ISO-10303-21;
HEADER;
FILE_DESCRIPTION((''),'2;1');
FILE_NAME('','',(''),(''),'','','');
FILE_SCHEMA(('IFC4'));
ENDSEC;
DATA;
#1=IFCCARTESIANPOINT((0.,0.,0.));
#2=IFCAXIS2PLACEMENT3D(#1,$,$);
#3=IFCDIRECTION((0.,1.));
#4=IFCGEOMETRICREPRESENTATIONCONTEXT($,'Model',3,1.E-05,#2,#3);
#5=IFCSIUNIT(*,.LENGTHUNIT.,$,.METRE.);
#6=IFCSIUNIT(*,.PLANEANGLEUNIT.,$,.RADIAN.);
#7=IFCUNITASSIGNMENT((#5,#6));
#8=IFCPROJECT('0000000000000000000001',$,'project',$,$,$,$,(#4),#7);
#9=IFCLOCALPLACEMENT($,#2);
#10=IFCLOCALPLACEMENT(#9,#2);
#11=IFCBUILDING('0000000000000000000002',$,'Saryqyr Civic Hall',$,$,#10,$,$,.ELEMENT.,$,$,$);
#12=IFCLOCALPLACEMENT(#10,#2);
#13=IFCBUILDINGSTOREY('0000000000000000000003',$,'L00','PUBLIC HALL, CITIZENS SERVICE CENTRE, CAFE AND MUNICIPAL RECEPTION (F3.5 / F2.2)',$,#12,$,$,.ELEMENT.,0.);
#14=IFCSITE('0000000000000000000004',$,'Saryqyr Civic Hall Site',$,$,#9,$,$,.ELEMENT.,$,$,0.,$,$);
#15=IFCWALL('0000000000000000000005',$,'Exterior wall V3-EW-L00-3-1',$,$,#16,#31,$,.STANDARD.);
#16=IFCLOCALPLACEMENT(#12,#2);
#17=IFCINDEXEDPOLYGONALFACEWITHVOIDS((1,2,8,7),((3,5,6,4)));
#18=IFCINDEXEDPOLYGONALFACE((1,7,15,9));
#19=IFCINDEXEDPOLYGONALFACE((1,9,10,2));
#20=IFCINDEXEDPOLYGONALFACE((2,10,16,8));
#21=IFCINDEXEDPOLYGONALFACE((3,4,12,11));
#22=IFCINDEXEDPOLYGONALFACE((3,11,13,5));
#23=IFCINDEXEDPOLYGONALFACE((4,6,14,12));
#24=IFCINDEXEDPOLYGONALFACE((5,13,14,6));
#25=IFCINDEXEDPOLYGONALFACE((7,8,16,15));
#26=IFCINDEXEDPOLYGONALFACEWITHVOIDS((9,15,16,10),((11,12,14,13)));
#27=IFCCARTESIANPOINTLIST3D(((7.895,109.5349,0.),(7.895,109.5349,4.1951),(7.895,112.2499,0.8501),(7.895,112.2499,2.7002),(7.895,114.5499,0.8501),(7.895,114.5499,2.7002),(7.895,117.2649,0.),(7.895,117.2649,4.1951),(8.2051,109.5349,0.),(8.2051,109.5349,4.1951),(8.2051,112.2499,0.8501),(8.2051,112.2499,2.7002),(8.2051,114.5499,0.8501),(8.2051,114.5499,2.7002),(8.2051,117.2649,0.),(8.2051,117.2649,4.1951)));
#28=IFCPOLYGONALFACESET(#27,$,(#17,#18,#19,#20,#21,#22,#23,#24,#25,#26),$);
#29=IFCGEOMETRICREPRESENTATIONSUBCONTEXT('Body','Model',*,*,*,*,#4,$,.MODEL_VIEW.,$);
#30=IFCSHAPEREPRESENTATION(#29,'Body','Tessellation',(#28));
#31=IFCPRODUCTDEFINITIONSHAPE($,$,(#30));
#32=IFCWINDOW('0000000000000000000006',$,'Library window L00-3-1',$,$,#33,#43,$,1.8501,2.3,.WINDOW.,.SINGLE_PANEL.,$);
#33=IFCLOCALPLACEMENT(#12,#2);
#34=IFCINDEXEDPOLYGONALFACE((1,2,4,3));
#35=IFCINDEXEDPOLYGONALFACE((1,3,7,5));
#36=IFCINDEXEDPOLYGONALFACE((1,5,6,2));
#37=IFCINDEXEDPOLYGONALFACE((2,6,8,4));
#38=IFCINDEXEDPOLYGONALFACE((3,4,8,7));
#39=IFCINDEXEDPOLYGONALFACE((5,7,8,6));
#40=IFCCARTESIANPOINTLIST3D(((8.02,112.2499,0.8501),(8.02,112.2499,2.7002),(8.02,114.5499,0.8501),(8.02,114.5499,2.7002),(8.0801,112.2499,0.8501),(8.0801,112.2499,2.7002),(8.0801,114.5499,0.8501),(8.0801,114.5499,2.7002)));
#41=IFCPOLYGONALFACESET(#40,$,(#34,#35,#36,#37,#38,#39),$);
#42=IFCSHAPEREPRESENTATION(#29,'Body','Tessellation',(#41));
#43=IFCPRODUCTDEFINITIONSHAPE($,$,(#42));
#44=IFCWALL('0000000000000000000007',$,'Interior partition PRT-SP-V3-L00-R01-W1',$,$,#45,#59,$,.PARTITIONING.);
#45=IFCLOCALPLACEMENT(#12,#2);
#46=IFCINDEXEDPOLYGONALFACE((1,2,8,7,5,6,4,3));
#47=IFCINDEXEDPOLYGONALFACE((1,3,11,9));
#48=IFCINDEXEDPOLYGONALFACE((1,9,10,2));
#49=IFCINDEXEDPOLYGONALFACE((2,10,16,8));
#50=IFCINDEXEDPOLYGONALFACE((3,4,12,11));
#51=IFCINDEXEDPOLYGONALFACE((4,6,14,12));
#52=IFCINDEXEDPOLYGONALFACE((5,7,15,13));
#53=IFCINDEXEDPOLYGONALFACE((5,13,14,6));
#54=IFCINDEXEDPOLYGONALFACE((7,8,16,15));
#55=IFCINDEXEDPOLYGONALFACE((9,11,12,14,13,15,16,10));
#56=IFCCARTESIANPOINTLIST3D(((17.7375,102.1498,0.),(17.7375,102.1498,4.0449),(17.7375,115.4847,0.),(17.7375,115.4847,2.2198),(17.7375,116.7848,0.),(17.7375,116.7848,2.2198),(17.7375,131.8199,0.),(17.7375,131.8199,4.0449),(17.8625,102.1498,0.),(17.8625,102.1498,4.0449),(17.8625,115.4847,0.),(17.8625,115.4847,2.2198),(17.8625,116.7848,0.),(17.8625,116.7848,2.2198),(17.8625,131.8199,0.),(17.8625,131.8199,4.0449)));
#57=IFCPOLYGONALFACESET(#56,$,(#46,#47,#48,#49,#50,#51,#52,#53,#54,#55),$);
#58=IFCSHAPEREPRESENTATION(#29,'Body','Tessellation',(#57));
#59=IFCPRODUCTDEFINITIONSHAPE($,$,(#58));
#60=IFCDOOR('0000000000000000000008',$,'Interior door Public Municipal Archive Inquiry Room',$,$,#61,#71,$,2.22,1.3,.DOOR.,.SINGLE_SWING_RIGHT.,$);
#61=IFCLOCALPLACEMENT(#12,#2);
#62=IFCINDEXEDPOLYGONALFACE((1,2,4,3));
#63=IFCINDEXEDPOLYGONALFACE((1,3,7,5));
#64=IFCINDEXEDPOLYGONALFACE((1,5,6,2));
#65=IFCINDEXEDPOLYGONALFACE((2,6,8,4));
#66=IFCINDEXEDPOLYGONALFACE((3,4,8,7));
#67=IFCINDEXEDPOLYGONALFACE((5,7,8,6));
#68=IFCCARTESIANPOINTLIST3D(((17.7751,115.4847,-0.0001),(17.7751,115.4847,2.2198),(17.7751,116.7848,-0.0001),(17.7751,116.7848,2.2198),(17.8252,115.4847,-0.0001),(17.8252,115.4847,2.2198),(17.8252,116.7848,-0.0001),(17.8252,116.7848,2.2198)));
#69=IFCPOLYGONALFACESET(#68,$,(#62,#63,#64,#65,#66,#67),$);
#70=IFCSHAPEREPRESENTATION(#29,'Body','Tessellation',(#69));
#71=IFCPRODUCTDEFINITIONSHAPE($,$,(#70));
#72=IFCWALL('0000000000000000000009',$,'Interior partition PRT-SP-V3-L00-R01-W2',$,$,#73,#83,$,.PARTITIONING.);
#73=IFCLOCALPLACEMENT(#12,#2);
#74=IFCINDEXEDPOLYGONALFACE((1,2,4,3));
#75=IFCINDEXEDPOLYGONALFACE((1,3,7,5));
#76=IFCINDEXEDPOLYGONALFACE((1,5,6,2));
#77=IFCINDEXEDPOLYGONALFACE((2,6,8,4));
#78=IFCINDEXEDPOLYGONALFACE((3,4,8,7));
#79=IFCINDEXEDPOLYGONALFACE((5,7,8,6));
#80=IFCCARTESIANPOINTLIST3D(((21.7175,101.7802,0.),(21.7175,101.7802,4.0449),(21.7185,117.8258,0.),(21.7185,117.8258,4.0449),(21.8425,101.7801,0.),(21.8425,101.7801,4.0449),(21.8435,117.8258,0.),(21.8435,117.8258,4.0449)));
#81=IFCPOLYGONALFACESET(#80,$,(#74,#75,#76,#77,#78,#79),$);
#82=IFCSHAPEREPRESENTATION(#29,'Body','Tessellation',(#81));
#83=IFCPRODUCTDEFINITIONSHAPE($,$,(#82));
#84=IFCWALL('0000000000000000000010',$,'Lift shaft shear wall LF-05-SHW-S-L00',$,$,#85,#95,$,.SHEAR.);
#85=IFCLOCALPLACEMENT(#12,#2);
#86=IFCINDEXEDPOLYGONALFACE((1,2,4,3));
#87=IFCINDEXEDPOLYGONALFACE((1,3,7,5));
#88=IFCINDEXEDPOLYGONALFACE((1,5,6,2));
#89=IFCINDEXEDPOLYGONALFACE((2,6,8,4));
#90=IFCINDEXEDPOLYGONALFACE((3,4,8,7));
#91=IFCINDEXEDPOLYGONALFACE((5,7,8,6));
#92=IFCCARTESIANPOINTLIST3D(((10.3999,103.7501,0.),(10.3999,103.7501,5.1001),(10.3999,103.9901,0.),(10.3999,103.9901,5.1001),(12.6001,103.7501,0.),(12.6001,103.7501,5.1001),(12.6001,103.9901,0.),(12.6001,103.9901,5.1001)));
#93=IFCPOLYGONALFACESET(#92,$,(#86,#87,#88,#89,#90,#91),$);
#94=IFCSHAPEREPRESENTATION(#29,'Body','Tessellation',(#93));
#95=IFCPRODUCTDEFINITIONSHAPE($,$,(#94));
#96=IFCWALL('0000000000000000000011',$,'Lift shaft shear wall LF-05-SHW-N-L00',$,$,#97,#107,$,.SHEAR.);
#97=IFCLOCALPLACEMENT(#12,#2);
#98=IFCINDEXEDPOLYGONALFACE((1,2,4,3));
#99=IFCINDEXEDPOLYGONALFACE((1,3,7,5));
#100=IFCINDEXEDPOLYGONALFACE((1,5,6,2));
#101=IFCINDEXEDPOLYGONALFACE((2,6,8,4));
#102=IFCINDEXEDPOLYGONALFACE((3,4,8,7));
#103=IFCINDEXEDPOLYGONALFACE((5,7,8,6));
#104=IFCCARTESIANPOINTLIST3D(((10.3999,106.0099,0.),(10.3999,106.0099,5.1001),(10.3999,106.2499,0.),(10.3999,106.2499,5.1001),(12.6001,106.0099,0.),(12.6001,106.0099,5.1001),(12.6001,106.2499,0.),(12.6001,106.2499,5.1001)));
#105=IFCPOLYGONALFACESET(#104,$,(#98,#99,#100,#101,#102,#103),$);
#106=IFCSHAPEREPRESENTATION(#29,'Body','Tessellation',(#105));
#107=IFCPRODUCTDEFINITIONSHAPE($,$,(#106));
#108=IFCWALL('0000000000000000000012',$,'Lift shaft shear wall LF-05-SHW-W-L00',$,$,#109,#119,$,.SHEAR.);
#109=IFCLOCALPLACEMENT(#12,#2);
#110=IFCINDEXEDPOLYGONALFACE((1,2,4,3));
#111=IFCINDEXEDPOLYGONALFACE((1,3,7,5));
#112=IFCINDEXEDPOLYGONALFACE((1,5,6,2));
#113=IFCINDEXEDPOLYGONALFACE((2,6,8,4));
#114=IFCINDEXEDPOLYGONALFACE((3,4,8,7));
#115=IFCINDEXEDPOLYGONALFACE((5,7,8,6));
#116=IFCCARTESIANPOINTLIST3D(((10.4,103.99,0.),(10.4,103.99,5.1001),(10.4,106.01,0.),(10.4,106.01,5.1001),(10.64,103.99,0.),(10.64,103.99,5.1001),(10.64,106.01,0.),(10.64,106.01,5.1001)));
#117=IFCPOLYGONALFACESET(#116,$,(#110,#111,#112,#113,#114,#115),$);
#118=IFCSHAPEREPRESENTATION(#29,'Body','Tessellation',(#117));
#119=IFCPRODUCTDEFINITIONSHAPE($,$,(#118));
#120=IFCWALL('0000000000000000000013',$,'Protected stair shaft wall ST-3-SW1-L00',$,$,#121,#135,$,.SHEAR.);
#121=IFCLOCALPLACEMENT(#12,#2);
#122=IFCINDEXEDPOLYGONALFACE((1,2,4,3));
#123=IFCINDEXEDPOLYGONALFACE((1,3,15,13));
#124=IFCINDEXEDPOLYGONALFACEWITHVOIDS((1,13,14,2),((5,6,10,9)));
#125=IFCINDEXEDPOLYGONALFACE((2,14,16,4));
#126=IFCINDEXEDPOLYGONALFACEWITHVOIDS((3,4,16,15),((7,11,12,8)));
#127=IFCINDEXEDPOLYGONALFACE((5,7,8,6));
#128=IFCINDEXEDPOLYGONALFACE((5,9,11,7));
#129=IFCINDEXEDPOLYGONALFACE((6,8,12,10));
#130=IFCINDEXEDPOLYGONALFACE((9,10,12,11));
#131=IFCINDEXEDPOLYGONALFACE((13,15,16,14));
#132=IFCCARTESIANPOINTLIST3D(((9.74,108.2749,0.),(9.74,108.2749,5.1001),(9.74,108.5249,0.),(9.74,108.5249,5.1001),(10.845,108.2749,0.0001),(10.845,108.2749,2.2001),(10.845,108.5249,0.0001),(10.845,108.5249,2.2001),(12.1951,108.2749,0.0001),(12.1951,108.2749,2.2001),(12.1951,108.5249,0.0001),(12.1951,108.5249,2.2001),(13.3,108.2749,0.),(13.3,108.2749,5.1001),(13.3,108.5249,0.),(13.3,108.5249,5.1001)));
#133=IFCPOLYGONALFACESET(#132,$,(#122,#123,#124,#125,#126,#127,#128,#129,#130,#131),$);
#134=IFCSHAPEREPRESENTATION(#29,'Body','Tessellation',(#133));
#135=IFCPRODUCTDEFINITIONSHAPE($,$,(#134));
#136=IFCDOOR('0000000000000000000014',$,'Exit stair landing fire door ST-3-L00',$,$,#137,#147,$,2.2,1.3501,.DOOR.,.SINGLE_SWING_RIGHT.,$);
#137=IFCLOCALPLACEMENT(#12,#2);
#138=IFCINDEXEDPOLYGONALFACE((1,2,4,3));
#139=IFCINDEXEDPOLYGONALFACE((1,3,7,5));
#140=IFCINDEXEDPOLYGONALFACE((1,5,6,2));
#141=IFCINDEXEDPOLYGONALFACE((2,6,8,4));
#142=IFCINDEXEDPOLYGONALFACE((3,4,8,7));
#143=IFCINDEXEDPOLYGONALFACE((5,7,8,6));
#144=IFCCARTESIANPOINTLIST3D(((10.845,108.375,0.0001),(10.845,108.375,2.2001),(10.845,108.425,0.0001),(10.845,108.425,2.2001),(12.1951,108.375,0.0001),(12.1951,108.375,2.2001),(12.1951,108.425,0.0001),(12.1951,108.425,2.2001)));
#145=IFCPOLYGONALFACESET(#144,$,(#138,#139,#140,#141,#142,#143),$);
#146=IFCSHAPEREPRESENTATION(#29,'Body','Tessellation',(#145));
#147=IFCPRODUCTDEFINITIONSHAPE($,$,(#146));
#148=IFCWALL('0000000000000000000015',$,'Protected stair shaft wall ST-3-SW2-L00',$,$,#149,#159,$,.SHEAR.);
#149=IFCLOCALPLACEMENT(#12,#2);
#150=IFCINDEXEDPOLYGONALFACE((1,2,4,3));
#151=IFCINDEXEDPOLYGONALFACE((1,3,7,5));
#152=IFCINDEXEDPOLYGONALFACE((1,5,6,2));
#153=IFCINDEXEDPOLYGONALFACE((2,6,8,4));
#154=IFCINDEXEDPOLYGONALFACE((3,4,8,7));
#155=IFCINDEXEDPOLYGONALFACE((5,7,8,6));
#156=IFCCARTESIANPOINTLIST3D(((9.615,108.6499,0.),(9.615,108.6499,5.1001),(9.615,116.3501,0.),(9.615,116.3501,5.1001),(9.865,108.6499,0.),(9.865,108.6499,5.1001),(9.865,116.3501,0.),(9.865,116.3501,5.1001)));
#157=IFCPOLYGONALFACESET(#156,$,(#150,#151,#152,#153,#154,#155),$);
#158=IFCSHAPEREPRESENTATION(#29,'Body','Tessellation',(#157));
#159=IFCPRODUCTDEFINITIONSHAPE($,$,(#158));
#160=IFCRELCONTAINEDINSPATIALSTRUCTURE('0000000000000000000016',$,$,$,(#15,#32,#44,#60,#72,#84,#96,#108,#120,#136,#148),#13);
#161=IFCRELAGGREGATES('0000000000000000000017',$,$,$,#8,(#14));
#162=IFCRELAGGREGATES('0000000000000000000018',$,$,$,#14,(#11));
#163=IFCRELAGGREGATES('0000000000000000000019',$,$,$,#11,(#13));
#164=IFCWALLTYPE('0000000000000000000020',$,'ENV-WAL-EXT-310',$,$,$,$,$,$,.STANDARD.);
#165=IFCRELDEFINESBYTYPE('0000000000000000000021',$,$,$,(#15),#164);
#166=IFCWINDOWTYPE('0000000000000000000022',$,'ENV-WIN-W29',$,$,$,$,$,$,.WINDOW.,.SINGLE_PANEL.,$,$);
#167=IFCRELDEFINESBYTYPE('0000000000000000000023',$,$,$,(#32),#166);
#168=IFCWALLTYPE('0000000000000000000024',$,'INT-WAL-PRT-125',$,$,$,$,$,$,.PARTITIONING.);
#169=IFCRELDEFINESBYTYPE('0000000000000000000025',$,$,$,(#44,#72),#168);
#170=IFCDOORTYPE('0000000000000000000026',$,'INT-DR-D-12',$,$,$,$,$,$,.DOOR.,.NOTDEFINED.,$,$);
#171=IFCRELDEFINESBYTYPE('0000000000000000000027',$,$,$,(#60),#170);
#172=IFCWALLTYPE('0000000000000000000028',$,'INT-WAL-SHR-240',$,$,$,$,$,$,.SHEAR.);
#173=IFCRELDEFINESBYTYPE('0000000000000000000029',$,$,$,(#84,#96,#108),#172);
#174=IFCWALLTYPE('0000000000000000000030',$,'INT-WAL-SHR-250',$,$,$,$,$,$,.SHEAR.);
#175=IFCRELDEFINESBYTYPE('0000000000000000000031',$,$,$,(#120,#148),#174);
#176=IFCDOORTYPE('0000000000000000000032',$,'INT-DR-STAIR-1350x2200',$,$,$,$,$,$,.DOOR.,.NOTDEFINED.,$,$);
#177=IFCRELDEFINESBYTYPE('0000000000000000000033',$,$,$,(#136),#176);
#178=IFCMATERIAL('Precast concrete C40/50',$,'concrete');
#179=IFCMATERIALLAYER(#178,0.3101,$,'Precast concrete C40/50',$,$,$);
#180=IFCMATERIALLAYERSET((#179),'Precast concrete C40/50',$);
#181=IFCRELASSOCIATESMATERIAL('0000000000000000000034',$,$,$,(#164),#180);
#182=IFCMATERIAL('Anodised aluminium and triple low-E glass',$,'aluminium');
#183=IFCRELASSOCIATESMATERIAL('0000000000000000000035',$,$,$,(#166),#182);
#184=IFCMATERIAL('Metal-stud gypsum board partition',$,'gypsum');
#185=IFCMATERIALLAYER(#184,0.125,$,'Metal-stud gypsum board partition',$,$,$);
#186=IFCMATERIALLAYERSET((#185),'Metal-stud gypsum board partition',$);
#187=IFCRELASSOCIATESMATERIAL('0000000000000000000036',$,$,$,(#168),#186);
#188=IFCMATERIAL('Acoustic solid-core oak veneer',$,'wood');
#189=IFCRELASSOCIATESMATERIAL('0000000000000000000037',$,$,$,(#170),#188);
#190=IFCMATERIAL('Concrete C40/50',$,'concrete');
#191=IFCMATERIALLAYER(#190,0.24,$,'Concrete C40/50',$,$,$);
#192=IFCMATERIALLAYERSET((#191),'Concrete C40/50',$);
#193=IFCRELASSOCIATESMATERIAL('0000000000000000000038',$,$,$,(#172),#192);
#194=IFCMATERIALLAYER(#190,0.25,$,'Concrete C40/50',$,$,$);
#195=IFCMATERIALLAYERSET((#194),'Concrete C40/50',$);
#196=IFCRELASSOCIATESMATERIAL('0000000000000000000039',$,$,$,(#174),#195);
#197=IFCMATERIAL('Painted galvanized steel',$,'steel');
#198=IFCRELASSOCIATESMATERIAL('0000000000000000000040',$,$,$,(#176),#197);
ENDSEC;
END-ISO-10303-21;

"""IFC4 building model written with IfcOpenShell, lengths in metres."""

from ifc_helpers import new_model, si_unit, direction, frame, frame_2d, origin, place, context, subcontext, project, spatial, rectangle, extrude, material, layer, layer_set, type_object, element, fill, save


model = new_model("IFC4")

# Units and contexts
model_context = context("Model", 3, precision=1e-05, world=origin(), true_north=direction((0.0, 1.0)))
body_context = subcontext(model_context, "Body", "Model", "MODEL_VIEW")
ifc_project = project(units=[si_unit("LENGTHUNIT", "METRE"), si_unit("PLANEANGLEUNIT", "RADIAN")], contexts=[model_context])

# Site, building, storey
site_placement = place(None, origin())
site = spatial("IfcSite", under=ifc_project, at=site_placement, Name="Saryqyr Civic Hall Site", CompositionType="ELEMENT", RefElevation=0.0)
building_placement = place(site_placement, origin())
building = spatial("IfcBuilding", under=site, at=building_placement, Name="Saryqyr Civic Hall", CompositionType="ELEMENT")
storey_placement = place(building_placement, origin())
storey = spatial("IfcBuildingStorey", under=building, at=storey_placement, Name="L00", Description="PUBLIC HALL, CITIZENS SERVICE CENTRE, CAFE AND MUNICIPAL RECEPTION (F3.5 / F2.2)", CompositionType="ELEMENT", Elevation=0.0)

# Shared definitions
ifc_material_1 = material(Name="Concrete C40/50", Category="concrete")

# Wall, opening, window
ifc_material_2 = material(Name="Precast concrete C40/50", Category="concrete")
ifc_layer_1 = layer(ifc_material_2, 0.3101, Name="Precast concrete C40/50")
ifc_layer_set_1 = layer_set([ifc_layer_1], Name="Precast concrete C40/50")
wall_type_1 = type_object("IfcWallType", Name="ENV-WAL-EXT-310", PredefinedType="STANDARD", material=ifc_layer_set_1)
wall_1_placement = place(storey_placement, frame((8.05, 109.5349, 0.0), z_axis=(0.0, 0.0, 1.0), x_axis=(0.0, 1.0, 0.0)))
wall_1 = element("IfcWall", 1, at=wall_1_placement, inside=storey, type_object=wall_type_1, Name="Exterior wall V3-EW-L00-3-1", PredefinedType="STANDARD", context=body_context, shape_type="SweptSolid", body=[
    extrude(rectangle(XDim=7.73, YDim=0.3101, at=frame_2d((3.865, 0.0))), origin(), (0.0, 0.0, 1.0), 4.1951),
])
opening_1_placement = place(wall_1_placement, frame((2.7151, 0.0, 0.8501)))
opening_1 = element("IfcOpeningElement", 2, at=opening_1_placement, cuts=wall_1, PredefinedType="OPENING", context=body_context, shape_type="SweptSolid", body=[
    extrude(rectangle(XDim=2.3, YDim=1.8501, at=frame_2d((1.1499, 0.925))), frame((0.0, 0.165, 0.0), z_axis=(0.0, -1.0, 0.0), x_axis=(1.0, 0.0, 0.0)), (0.0, 0.0, 1.0), 0.3301),
])
ifc_material_3 = material(Name="Anodised aluminium and triple low-E glass", Category="aluminium")
window_type = type_object("IfcWindowType", Name="ENV-WIN-W29", PartitioningType="SINGLE_PANEL", PredefinedType="WINDOW", material=ifc_material_3)
window_placement = place(opening_1_placement, origin())
window = element("IfcWindow", 3, at=window_placement, inside=storey, type_object=window_type, Name="Library window L00-3-1", OverallHeight=1.8501, OverallWidth=2.3, PartitioningType="SINGLE_PANEL", PredefinedType="WINDOW", context=body_context, shape_type="SweptSolid", body=[
    extrude(rectangle(XDim=2.3, YDim=1.8501, at=frame_2d((1.1499, 0.925))), frame((0.0, 0.03, 0.0), z_axis=(0.0, -1.0, 0.0), x_axis=(1.0, 0.0, 0.0)), (0.0, 0.0, 1.0), 0.0601),
])
fill(opening_1, window)

# Wall, opening, door
ifc_material_4 = material(Name="Metal-stud gypsum board partition", Category="gypsum")
ifc_layer_2 = layer(ifc_material_4, 0.125, Name="Metal-stud gypsum board partition")
ifc_layer_set_2 = layer_set([ifc_layer_2], Name="Metal-stud gypsum board partition")
wall_type_2 = type_object("IfcWallType", Name="INT-WAL-PRT-125", PredefinedType="PARTITIONING", material=ifc_layer_set_2)
wall_2_placement = place(storey_placement, frame((17.8, 102.1499, 0.0), z_axis=(0.0, 0.0, 1.0), x_axis=(0.0, 1.0, 0.0)))
wall_2 = element("IfcWall", 4, at=wall_2_placement, inside=storey, type_object=wall_type_2, Name="Interior partition PRT-SP-V3-L00-R01-W1", PredefinedType="PARTITIONING", context=body_context, shape_type="SweptSolid", body=[
    extrude(rectangle(XDim=29.6702, YDim=0.125, at=frame_2d((14.835, 0.0))), origin(), (0.0, 0.0, 1.0), 4.0449),
])
opening_2_placement = place(wall_2_placement, frame((13.335, 0.0, 0.0)))
opening_2 = element("IfcOpeningElement", 5, at=opening_2_placement, cuts=wall_2, PredefinedType="OPENING", context=body_context, shape_type="SweptSolid", body=[
    extrude(rectangle(XDim=1.3, YDim=2.22, at=frame_2d((0.6499, 1.1099))), frame((0.0, 0.0725, 0.0), z_axis=(0.0, -1.0, 0.0), x_axis=(1.0, 0.0, 0.0)), (0.0, 0.0, 1.0), 0.145),
])
ifc_material_5 = material(Name="Acoustic solid-core oak veneer", Category="wood")
door_type_1 = type_object("IfcDoorType", Name="INT-DR-D-12", OperationType="NOTDEFINED", PredefinedType="DOOR", material=ifc_material_5)
door_1_placement = place(opening_2_placement, origin())
door_1 = element("IfcDoor", 6, at=door_1_placement, inside=storey, type_object=door_type_1, Name="Interior door Public Municipal Archive Inquiry Room", OperationType="SINGLE_SWING_RIGHT", OverallHeight=2.22, OverallWidth=1.3, PredefinedType="DOOR", context=body_context, shape_type="SweptSolid", body=[
    extrude(rectangle(XDim=1.3, YDim=2.22, at=frame_2d((0.6499, 1.1099))), frame((0.0, 0.0249, 0.0), z_axis=(0.0, -1.0, 0.0), x_axis=(1.0, 0.0, 0.0)), (0.0, 0.0, 1.0), 0.05),
])
fill(opening_2, door_1)

# Walls
wall_3_placement = place(storey_placement, frame((21.78, 101.78, 0.0), z_axis=(0.0, 0.0, 1.0), x_axis=(0.000061, 1.0, 0.0)))
element("IfcWall", 7, at=wall_3_placement, inside=storey, type_object=wall_type_2, Name="Interior partition PRT-SP-V3-L00-R01-W2", PredefinedType="PARTITIONING", context=body_context, shape_type="SweptSolid", body=[
    extrude(rectangle(XDim=16.0457, YDim=0.125, at=frame_2d((8.0229, 0.0))), origin(), (0.0, 0.0, 1.0), 4.0449),
])
ifc_layer_3 = layer(ifc_material_1, 0.24, Name="Concrete C40/50")
ifc_layer_set_3 = layer_set([ifc_layer_3], Name="Concrete C40/50")
wall_type_3 = type_object("IfcWallType", Name="INT-WAL-SHR-240", PredefinedType="SHEAR", material=ifc_layer_set_3)
wall_4_placement = place(storey_placement, frame((12.6001, 103.8701, 0.0), z_axis=(0.0, 0.0, 1.0), x_axis=(-1.0, 0.0, 0.0)))
element("IfcWall", 8, at=wall_4_placement, inside=storey, type_object=wall_type_3, Name="Lift shaft shear wall LF-05-SHW-S-L00", PredefinedType="SHEAR", context=body_context, shape_type="SweptSolid", body=[
    extrude(rectangle(XDim=2.2002, YDim=0.24, at=frame_2d((1.1001, 0.0))), origin(), (0.0, 0.0, 1.0), 5.1001),
])

# Walls
wall_5_placement = place(storey_placement, frame((10.3999, 106.1299, 0.0), z_axis=(0.0, 0.0, 1.0), x_axis=(1.0, 0.0, 0.0)))
element("IfcWall", 9, at=wall_5_placement, inside=storey, type_object=wall_type_3, Name="Lift shaft shear wall LF-05-SHW-N-L00", PredefinedType="SHEAR", context=body_context, shape_type="SweptSolid", body=[
    extrude(rectangle(XDim=2.2002, YDim=0.24, at=frame_2d((1.1001, 0.0))), origin(), (0.0, 0.0, 1.0), 5.1001),
])
wall_6_placement = place(storey_placement, frame((10.52, 103.99, 0.0), z_axis=(0.0, 0.0, 1.0), x_axis=(0.0, 1.0, 0.0)))
element("IfcWall", 10, at=wall_6_placement, inside=storey, type_object=wall_type_3, Name="Lift shaft shear wall LF-05-SHW-W-L00", PredefinedType="SHEAR", context=body_context, shape_type="SweptSolid", body=[
    extrude(rectangle(XDim=2.02, YDim=0.24, at=frame_2d((1.01, 0.0))), origin(), (0.0, 0.0, 1.0), 5.1001),
])

# Wall, opening, door
ifc_layer_4 = layer(ifc_material_1, 0.25, Name="Concrete C40/50")
ifc_layer_set_4 = layer_set([ifc_layer_4], Name="Concrete C40/50")
wall_type_4 = type_object("IfcWallType", Name="INT-WAL-SHR-250", PredefinedType="SHEAR", material=ifc_layer_set_4)
wall_7_placement = place(storey_placement, frame((13.3, 108.3999, 0.0), z_axis=(0.0, 0.0, 1.0), x_axis=(-1.0, 0.0, 0.0)))
wall_7 = element("IfcWall", 11, at=wall_7_placement, inside=storey, type_object=wall_type_4, Name="Protected stair shaft wall ST-3-SW1-L00", PredefinedType="SHEAR", context=body_context, shape_type="SweptSolid", body=[
    extrude(rectangle(XDim=3.5601, YDim=0.25, at=frame_2d((1.78, 0.0))), origin(), (0.0, 0.0, 1.0), 5.1001),
])
opening_3_placement = place(wall_7_placement, frame((1.105, 0.0, 0.0)))
opening_3 = element("IfcOpeningElement", 12, at=opening_3_placement, cuts=wall_7, PredefinedType="OPENING", context=body_context, shape_type="SweptSolid", body=[
    extrude(rectangle(XDim=1.3501, YDim=2.2, at=frame_2d((0.675, 1.1001))), frame((0.0, 0.135, 0.0), z_axis=(0.0, -1.0, 0.0), x_axis=(1.0, 0.0, 0.0)), (0.0, 0.0, 1.0), 0.27),
])
ifc_material_6 = material(Name="Painted galvanized steel", Category="steel")
door_type_2 = type_object("IfcDoorType", Name="INT-DR-STAIR-1350x2200", OperationType="NOTDEFINED", PredefinedType="DOOR", material=ifc_material_6)
door_2_placement = place(opening_3_placement, origin())
door_2 = element("IfcDoor", 13, at=door_2_placement, inside=storey, type_object=door_type_2, Name="Exit stair landing fire door ST-3-L00", OperationType="SINGLE_SWING_RIGHT", OverallHeight=2.2, OverallWidth=1.3501, PredefinedType="DOOR", context=body_context, shape_type="SweptSolid", body=[
    extrude(rectangle(XDim=1.3501, YDim=2.2, at=frame_2d((0.675, 1.1001))), frame((0.0, 0.0249, 0.0), z_axis=(0.0, -1.0, 0.0), x_axis=(1.0, 0.0, 0.0)), (0.0, 0.0, 1.0), 0.05),
])
fill(opening_3, door_2)

# Wall
wall_8_placement = place(storey_placement, frame((9.74, 108.6499, 0.0), z_axis=(0.0, 0.0, 1.0), x_axis=(0.0, 1.0, 0.0)))
element("IfcWall", 14, at=wall_8_placement, inside=storey, type_object=wall_type_4, Name="Protected stair shaft wall ST-3-SW2-L00", PredefinedType="SHEAR", context=body_context, shape_type="SweptSolid", body=[
    extrude(rectangle(XDim=7.7002, YDim=0.25, at=frame_2d((3.8501, 0.0))), origin(), (0.0, 0.0, 1.0), 5.1001),
])

save(model, "model.ifc")
